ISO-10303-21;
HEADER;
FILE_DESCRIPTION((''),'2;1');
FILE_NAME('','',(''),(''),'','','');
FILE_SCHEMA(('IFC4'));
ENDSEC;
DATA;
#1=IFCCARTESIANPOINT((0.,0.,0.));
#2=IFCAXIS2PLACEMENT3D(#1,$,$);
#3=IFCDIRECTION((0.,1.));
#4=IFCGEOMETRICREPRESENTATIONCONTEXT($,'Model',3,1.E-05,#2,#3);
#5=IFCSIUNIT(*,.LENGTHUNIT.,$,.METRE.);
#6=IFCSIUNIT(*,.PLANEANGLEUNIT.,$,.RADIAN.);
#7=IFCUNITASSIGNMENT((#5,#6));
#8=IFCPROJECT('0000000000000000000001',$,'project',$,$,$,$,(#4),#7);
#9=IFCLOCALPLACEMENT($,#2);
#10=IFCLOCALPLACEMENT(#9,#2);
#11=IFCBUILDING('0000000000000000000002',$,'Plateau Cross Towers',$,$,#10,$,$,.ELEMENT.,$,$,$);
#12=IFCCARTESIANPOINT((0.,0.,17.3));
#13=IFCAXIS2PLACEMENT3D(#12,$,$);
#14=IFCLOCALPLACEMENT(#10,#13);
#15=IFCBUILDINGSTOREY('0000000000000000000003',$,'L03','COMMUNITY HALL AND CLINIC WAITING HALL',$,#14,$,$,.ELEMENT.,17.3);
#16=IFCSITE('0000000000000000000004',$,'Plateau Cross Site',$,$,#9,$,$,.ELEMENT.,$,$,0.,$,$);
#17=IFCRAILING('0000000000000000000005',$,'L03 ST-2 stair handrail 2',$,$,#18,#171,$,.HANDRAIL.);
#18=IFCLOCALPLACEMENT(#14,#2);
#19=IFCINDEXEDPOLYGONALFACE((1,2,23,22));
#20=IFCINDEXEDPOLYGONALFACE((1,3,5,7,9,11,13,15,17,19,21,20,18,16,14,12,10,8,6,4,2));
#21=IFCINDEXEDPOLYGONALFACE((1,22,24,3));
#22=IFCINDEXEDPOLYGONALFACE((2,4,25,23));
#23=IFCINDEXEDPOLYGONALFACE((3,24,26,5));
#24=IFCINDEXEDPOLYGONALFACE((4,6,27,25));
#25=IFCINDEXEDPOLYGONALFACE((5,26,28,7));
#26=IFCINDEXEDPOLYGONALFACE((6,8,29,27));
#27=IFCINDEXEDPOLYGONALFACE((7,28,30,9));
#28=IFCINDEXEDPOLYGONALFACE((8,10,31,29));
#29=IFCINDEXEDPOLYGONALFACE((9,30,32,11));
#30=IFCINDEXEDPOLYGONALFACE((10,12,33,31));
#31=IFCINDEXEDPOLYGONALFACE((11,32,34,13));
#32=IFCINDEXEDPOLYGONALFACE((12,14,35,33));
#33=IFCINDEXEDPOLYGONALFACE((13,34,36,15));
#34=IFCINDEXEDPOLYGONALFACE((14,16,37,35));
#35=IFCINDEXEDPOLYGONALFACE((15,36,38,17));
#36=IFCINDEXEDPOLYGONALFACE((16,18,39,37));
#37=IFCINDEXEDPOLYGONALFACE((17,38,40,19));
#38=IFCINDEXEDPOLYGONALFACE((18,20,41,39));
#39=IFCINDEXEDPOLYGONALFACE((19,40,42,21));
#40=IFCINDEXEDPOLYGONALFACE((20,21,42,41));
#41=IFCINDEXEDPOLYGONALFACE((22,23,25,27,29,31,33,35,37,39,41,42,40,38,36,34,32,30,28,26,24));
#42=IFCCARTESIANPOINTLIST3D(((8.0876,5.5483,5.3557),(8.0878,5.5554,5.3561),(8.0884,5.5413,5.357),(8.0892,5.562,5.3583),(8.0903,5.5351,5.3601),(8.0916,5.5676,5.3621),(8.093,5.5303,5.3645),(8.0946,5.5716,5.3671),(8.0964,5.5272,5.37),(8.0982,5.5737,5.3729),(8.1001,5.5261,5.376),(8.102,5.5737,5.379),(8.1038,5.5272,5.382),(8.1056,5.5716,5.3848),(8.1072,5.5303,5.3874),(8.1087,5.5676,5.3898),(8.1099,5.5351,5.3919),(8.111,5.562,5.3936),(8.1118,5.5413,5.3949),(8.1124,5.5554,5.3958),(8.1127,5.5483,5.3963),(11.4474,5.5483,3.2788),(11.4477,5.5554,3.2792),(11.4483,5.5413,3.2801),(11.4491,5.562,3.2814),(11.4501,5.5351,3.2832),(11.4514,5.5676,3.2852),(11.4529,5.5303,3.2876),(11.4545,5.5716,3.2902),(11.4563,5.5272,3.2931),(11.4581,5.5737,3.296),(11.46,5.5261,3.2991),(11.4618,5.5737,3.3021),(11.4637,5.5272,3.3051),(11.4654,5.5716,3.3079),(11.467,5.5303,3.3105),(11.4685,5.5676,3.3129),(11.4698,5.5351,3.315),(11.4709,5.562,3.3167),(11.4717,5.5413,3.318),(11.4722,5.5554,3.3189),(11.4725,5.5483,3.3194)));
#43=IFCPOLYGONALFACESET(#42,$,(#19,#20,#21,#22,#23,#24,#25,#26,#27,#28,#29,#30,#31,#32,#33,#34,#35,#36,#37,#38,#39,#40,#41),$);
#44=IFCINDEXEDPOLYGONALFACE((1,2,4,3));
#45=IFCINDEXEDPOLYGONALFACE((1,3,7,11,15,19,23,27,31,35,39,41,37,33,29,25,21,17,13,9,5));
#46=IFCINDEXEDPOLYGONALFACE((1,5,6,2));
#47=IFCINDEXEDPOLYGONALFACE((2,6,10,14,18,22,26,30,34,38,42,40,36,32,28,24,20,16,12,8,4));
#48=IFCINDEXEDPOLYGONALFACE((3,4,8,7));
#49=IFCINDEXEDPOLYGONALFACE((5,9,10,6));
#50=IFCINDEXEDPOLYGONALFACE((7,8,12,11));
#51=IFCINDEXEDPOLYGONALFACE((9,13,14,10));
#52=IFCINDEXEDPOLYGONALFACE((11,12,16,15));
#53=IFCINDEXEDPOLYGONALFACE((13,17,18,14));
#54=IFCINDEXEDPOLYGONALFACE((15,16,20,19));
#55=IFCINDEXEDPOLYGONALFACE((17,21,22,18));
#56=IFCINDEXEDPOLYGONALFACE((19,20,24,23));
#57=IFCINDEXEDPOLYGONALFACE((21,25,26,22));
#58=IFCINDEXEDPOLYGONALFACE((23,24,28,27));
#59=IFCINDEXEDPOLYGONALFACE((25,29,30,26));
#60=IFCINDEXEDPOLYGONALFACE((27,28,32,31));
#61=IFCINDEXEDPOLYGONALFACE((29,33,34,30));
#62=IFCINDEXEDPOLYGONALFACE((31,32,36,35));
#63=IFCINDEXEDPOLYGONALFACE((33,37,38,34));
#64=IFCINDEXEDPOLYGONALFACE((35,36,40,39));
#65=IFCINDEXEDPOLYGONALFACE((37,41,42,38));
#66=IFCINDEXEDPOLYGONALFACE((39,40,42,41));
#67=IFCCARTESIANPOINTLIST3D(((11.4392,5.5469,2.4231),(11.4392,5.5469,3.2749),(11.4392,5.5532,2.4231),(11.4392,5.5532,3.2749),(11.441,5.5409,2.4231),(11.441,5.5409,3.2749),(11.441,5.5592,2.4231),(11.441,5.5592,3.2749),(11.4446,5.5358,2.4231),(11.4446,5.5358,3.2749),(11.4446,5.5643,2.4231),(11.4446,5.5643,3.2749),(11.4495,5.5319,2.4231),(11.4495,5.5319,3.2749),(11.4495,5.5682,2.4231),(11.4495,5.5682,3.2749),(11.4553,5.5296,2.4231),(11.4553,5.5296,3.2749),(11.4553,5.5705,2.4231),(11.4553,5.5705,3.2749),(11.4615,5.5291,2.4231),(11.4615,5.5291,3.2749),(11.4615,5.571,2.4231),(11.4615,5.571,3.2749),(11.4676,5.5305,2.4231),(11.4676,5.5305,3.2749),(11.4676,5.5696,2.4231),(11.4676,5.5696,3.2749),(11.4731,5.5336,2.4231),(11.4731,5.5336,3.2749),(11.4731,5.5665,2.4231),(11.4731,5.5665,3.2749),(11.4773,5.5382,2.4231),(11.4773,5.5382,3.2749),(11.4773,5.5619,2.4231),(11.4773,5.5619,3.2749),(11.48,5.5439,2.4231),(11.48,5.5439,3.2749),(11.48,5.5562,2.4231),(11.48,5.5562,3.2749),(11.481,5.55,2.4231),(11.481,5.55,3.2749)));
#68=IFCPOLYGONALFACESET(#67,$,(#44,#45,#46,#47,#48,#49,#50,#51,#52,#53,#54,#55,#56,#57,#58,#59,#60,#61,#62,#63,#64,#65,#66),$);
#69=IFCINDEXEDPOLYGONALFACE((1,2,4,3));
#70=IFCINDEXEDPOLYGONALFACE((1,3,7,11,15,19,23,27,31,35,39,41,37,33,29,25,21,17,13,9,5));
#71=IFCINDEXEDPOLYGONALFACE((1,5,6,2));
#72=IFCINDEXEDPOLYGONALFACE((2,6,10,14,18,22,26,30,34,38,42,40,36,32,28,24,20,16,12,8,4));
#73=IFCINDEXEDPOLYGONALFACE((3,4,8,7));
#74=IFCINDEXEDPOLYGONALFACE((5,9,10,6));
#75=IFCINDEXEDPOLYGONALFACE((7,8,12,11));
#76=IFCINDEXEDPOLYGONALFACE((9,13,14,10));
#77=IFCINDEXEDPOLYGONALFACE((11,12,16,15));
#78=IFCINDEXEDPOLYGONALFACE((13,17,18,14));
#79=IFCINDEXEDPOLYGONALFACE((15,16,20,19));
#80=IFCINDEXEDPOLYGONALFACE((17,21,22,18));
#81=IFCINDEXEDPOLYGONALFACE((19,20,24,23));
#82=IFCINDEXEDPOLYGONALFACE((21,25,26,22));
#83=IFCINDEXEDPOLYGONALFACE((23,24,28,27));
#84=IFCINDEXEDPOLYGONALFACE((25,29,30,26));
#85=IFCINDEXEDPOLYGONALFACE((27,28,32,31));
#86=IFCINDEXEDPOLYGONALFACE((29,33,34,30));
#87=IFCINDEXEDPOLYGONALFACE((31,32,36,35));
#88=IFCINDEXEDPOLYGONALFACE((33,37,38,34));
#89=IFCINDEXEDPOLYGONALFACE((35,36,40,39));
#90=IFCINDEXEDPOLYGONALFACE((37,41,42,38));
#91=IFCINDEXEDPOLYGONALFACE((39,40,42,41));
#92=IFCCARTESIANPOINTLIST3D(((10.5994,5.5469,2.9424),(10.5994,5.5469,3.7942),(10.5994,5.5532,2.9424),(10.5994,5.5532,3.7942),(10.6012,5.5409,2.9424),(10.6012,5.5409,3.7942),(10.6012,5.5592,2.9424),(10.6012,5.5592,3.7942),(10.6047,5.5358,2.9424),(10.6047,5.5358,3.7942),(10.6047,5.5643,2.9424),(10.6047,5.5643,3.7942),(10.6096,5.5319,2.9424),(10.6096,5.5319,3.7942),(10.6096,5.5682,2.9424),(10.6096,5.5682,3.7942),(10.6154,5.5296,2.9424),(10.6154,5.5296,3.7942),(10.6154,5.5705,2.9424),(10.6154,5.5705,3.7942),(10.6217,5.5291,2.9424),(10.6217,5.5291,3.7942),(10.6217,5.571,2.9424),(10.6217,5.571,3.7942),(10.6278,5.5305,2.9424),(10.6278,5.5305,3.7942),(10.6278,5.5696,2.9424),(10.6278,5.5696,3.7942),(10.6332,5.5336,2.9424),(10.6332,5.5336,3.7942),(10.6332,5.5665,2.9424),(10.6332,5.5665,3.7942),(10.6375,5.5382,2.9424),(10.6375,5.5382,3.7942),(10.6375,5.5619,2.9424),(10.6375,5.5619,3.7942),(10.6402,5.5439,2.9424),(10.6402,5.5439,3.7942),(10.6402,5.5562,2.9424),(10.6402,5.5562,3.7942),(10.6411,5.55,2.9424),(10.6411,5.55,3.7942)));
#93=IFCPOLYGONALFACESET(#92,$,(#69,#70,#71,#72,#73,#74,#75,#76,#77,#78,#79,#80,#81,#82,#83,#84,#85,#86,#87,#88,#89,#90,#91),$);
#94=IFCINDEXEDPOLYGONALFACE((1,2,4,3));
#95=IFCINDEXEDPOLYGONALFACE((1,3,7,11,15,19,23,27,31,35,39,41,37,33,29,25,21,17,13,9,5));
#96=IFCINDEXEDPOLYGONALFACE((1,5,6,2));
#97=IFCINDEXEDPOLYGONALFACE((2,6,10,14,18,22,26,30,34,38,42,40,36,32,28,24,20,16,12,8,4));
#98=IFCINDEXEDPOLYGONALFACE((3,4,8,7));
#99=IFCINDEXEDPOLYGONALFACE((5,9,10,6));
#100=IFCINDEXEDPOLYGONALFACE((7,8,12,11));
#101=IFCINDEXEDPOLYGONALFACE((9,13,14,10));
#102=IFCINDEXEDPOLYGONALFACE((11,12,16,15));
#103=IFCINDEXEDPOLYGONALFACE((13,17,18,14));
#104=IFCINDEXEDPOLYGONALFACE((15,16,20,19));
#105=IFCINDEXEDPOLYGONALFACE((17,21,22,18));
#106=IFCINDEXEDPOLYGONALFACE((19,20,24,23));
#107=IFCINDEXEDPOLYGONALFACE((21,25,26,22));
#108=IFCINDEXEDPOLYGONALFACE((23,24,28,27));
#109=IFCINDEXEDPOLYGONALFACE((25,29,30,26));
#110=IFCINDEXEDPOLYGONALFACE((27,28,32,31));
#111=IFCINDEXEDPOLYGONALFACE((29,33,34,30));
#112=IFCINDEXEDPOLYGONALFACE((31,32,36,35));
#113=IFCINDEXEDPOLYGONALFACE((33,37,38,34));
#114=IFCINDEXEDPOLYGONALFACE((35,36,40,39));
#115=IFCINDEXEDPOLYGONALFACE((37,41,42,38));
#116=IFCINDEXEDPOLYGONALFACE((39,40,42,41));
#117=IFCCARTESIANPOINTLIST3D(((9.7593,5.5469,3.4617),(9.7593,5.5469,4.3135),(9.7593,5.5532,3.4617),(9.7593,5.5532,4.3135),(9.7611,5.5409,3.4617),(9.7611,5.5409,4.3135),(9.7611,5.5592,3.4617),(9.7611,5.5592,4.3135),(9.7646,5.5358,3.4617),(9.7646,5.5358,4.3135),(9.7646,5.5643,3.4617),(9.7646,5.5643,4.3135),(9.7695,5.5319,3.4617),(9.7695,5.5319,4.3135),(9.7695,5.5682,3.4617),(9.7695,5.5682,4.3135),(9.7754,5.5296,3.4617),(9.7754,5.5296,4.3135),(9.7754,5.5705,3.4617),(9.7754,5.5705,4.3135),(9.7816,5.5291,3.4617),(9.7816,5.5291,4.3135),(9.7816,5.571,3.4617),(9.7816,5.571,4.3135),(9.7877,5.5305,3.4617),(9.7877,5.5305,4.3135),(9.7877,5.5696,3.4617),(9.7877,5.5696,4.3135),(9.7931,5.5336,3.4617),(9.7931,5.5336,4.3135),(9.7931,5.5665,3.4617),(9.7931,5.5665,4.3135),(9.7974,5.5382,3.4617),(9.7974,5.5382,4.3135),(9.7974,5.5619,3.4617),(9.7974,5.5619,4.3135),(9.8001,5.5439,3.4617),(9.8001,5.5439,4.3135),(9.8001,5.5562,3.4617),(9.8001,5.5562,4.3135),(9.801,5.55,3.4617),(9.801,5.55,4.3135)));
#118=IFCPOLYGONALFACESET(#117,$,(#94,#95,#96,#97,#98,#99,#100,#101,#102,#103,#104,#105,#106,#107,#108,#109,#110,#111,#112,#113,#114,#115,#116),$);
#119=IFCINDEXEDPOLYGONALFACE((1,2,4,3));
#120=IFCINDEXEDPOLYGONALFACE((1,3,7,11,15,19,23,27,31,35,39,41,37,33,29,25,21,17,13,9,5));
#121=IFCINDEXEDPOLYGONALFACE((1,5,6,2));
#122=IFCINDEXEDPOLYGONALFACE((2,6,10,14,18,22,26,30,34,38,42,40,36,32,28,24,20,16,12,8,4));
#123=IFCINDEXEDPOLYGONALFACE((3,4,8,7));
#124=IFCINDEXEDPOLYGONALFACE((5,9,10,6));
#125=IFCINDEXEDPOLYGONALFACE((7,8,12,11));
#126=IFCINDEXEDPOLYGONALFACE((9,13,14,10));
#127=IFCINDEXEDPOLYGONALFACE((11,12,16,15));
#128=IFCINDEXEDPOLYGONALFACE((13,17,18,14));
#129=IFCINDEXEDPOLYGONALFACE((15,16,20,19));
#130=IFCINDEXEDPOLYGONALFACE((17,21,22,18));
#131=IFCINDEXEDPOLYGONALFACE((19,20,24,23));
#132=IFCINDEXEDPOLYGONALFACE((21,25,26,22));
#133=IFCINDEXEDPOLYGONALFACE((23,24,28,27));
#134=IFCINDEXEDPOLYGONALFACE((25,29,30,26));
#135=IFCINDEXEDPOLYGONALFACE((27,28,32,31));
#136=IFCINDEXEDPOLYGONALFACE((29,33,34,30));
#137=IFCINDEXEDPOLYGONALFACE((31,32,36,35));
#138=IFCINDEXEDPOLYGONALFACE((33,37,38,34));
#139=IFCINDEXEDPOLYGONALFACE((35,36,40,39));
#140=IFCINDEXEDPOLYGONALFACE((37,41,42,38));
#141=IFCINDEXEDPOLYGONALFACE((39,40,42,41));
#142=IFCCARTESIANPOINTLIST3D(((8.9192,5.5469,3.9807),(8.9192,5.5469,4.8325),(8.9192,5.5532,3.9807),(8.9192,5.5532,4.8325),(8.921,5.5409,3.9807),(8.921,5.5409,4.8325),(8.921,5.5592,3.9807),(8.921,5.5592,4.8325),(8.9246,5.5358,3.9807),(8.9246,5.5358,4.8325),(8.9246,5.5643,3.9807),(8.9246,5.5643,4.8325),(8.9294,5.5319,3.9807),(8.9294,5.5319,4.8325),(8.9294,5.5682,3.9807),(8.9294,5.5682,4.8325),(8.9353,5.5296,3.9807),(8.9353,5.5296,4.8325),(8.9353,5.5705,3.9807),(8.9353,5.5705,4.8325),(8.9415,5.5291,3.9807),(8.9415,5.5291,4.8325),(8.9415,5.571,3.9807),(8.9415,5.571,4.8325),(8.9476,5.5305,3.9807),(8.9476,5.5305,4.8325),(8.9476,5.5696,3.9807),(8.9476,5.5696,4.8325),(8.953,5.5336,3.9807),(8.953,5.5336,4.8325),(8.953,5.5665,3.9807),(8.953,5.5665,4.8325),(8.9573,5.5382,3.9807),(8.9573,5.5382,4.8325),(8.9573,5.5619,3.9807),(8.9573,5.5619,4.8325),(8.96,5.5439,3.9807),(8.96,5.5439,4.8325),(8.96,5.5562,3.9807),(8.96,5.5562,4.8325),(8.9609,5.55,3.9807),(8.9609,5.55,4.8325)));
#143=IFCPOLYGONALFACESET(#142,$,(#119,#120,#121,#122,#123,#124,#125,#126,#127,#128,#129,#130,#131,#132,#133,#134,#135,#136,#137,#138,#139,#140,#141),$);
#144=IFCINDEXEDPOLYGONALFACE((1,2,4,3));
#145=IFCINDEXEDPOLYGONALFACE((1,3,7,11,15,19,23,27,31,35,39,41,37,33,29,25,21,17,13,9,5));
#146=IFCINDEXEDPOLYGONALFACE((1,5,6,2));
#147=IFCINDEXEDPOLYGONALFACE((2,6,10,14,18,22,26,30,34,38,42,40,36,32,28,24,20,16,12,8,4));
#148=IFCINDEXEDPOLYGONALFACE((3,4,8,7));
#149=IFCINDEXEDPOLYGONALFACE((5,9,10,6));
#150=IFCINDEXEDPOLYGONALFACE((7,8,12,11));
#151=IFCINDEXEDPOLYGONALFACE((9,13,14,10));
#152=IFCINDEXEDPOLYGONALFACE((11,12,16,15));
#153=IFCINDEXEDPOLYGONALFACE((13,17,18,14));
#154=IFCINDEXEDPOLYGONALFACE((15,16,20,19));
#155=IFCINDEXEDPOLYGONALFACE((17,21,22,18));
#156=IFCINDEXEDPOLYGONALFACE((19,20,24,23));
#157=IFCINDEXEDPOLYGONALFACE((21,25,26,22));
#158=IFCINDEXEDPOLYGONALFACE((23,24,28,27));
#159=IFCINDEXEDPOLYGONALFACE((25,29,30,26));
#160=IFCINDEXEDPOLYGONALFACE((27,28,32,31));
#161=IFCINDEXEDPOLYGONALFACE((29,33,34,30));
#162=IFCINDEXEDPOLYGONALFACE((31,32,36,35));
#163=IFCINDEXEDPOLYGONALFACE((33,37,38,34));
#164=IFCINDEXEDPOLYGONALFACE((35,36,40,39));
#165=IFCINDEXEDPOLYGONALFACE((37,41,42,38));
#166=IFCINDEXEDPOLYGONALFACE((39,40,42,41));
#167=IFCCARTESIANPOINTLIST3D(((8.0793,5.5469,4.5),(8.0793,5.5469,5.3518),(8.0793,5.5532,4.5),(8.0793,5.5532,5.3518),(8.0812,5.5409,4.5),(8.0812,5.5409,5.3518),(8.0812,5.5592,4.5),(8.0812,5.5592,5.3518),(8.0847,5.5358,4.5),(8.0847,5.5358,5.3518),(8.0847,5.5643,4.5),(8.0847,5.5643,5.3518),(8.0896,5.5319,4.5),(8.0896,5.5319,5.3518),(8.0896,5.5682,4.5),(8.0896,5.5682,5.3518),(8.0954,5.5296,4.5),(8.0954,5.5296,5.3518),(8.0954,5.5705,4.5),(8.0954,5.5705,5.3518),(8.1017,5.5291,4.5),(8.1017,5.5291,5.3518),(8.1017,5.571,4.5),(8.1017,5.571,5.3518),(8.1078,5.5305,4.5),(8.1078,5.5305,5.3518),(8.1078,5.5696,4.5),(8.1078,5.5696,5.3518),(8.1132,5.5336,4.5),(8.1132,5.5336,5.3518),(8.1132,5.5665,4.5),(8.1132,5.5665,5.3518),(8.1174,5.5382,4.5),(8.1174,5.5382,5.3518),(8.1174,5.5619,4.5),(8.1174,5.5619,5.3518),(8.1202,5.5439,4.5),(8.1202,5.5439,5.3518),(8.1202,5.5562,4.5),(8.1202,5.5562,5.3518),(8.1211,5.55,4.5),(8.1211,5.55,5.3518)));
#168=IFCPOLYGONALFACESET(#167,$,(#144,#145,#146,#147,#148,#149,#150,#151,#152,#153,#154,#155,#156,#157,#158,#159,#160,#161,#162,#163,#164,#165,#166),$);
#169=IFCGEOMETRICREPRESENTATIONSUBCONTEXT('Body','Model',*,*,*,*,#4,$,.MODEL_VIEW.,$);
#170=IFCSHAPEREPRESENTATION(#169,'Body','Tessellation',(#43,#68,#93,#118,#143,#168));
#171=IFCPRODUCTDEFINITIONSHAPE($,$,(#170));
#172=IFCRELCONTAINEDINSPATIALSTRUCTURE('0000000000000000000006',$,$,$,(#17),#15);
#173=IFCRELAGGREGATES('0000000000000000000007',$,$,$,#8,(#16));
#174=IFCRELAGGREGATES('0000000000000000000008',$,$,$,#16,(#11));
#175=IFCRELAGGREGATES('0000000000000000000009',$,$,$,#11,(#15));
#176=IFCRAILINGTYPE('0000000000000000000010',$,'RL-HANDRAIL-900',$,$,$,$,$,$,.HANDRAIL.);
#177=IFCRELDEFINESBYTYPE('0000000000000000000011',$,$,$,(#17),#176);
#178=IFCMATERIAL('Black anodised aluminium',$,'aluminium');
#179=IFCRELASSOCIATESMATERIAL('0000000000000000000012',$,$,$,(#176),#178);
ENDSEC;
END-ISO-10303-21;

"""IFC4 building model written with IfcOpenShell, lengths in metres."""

from ifc_helpers import new_model, si_unit, direction, frame, origin, origin_2d, place, context, subcontext, project, spatial, circle, extrude, material, type_object, element, save


model = new_model("IFC4")

# Units and contexts
model_context = context("Model", 3, precision=1e-05, world=origin(), true_north=direction((0.0, 1.0)))
body_context = subcontext(model_context, "Body", "Model", "MODEL_VIEW")
ifc_project = project(units=[si_unit("LENGTHUNIT", "METRE"), si_unit("PLANEANGLEUNIT", "RADIAN")], contexts=[model_context])

# Site, building, storey
site_placement = place(None, origin())
site = spatial("IfcSite", under=ifc_project, at=site_placement, Name="Plateau Cross Site", CompositionType="ELEMENT", RefElevation=0.0)
building_placement = place(site_placement, origin())
building = spatial("IfcBuilding", under=site, at=building_placement, Name="Plateau Cross Towers", CompositionType="ELEMENT")
storey_placement = place(building_placement, frame((0.0, 0.0, 17.3)))
storey = spatial("IfcBuildingStorey", under=building, at=storey_placement, Name="L03", Description="COMMUNITY HALL AND CLINIC WAITING HALL", CompositionType="ELEMENT", Elevation=17.3)

# Railing
ifc_material_1 = material(Name="Black anodised aluminium", Category="aluminium")
railing_type = type_object("IfcRailingType", Name="RL-HANDRAIL-900", PredefinedType="HANDRAIL", material=ifc_material_1)
railing_placement = place(storey_placement, frame((11.46, 5.55, 2.4231)))
element("IfcRailing", 1, at=railing_placement, inside=storey, type_object=railing_type, Name="L03 ST-2 stair handrail 2", PredefinedType="HANDRAIL", context=body_context, shape_type="SweptSolid", body=[
    extrude(circle(Radius=0.0239, at=origin_2d()), frame((0.0, 0.0, 0.876), z_axis=(-0.850606, 0.0, 0.525803), x_axis=(0.0, -1.0, 0.0)), (0.0, 0.0, 1.0), 3.95),
    extrude(circle(Radius=0.021, at=origin_2d()), origin(), (0.0, 0.0, 1.0), 0.8518),
    extrude(circle(Radius=0.021, at=origin_2d()), frame((-0.8398, 0.0, 0.5193)), (0.0, 0.0, 1.0), 0.8518),
    extrude(circle(Radius=0.021, at=origin_2d()), frame((-1.6799, 0.0, 1.0386)), (0.0, 0.0, 1.0), 0.8518),
    extrude(circle(Radius=0.021, at=origin_2d()), frame((-2.52, 0.0, 1.5576)), (0.0, 0.0, 1.0), 0.8518),
    extrude(circle(Radius=0.021, at=origin_2d()), frame((-3.3599, 0.0, 2.0769)), (0.0, 0.0, 1.0), 0.8518),
])

save(model, "model.ifc")
